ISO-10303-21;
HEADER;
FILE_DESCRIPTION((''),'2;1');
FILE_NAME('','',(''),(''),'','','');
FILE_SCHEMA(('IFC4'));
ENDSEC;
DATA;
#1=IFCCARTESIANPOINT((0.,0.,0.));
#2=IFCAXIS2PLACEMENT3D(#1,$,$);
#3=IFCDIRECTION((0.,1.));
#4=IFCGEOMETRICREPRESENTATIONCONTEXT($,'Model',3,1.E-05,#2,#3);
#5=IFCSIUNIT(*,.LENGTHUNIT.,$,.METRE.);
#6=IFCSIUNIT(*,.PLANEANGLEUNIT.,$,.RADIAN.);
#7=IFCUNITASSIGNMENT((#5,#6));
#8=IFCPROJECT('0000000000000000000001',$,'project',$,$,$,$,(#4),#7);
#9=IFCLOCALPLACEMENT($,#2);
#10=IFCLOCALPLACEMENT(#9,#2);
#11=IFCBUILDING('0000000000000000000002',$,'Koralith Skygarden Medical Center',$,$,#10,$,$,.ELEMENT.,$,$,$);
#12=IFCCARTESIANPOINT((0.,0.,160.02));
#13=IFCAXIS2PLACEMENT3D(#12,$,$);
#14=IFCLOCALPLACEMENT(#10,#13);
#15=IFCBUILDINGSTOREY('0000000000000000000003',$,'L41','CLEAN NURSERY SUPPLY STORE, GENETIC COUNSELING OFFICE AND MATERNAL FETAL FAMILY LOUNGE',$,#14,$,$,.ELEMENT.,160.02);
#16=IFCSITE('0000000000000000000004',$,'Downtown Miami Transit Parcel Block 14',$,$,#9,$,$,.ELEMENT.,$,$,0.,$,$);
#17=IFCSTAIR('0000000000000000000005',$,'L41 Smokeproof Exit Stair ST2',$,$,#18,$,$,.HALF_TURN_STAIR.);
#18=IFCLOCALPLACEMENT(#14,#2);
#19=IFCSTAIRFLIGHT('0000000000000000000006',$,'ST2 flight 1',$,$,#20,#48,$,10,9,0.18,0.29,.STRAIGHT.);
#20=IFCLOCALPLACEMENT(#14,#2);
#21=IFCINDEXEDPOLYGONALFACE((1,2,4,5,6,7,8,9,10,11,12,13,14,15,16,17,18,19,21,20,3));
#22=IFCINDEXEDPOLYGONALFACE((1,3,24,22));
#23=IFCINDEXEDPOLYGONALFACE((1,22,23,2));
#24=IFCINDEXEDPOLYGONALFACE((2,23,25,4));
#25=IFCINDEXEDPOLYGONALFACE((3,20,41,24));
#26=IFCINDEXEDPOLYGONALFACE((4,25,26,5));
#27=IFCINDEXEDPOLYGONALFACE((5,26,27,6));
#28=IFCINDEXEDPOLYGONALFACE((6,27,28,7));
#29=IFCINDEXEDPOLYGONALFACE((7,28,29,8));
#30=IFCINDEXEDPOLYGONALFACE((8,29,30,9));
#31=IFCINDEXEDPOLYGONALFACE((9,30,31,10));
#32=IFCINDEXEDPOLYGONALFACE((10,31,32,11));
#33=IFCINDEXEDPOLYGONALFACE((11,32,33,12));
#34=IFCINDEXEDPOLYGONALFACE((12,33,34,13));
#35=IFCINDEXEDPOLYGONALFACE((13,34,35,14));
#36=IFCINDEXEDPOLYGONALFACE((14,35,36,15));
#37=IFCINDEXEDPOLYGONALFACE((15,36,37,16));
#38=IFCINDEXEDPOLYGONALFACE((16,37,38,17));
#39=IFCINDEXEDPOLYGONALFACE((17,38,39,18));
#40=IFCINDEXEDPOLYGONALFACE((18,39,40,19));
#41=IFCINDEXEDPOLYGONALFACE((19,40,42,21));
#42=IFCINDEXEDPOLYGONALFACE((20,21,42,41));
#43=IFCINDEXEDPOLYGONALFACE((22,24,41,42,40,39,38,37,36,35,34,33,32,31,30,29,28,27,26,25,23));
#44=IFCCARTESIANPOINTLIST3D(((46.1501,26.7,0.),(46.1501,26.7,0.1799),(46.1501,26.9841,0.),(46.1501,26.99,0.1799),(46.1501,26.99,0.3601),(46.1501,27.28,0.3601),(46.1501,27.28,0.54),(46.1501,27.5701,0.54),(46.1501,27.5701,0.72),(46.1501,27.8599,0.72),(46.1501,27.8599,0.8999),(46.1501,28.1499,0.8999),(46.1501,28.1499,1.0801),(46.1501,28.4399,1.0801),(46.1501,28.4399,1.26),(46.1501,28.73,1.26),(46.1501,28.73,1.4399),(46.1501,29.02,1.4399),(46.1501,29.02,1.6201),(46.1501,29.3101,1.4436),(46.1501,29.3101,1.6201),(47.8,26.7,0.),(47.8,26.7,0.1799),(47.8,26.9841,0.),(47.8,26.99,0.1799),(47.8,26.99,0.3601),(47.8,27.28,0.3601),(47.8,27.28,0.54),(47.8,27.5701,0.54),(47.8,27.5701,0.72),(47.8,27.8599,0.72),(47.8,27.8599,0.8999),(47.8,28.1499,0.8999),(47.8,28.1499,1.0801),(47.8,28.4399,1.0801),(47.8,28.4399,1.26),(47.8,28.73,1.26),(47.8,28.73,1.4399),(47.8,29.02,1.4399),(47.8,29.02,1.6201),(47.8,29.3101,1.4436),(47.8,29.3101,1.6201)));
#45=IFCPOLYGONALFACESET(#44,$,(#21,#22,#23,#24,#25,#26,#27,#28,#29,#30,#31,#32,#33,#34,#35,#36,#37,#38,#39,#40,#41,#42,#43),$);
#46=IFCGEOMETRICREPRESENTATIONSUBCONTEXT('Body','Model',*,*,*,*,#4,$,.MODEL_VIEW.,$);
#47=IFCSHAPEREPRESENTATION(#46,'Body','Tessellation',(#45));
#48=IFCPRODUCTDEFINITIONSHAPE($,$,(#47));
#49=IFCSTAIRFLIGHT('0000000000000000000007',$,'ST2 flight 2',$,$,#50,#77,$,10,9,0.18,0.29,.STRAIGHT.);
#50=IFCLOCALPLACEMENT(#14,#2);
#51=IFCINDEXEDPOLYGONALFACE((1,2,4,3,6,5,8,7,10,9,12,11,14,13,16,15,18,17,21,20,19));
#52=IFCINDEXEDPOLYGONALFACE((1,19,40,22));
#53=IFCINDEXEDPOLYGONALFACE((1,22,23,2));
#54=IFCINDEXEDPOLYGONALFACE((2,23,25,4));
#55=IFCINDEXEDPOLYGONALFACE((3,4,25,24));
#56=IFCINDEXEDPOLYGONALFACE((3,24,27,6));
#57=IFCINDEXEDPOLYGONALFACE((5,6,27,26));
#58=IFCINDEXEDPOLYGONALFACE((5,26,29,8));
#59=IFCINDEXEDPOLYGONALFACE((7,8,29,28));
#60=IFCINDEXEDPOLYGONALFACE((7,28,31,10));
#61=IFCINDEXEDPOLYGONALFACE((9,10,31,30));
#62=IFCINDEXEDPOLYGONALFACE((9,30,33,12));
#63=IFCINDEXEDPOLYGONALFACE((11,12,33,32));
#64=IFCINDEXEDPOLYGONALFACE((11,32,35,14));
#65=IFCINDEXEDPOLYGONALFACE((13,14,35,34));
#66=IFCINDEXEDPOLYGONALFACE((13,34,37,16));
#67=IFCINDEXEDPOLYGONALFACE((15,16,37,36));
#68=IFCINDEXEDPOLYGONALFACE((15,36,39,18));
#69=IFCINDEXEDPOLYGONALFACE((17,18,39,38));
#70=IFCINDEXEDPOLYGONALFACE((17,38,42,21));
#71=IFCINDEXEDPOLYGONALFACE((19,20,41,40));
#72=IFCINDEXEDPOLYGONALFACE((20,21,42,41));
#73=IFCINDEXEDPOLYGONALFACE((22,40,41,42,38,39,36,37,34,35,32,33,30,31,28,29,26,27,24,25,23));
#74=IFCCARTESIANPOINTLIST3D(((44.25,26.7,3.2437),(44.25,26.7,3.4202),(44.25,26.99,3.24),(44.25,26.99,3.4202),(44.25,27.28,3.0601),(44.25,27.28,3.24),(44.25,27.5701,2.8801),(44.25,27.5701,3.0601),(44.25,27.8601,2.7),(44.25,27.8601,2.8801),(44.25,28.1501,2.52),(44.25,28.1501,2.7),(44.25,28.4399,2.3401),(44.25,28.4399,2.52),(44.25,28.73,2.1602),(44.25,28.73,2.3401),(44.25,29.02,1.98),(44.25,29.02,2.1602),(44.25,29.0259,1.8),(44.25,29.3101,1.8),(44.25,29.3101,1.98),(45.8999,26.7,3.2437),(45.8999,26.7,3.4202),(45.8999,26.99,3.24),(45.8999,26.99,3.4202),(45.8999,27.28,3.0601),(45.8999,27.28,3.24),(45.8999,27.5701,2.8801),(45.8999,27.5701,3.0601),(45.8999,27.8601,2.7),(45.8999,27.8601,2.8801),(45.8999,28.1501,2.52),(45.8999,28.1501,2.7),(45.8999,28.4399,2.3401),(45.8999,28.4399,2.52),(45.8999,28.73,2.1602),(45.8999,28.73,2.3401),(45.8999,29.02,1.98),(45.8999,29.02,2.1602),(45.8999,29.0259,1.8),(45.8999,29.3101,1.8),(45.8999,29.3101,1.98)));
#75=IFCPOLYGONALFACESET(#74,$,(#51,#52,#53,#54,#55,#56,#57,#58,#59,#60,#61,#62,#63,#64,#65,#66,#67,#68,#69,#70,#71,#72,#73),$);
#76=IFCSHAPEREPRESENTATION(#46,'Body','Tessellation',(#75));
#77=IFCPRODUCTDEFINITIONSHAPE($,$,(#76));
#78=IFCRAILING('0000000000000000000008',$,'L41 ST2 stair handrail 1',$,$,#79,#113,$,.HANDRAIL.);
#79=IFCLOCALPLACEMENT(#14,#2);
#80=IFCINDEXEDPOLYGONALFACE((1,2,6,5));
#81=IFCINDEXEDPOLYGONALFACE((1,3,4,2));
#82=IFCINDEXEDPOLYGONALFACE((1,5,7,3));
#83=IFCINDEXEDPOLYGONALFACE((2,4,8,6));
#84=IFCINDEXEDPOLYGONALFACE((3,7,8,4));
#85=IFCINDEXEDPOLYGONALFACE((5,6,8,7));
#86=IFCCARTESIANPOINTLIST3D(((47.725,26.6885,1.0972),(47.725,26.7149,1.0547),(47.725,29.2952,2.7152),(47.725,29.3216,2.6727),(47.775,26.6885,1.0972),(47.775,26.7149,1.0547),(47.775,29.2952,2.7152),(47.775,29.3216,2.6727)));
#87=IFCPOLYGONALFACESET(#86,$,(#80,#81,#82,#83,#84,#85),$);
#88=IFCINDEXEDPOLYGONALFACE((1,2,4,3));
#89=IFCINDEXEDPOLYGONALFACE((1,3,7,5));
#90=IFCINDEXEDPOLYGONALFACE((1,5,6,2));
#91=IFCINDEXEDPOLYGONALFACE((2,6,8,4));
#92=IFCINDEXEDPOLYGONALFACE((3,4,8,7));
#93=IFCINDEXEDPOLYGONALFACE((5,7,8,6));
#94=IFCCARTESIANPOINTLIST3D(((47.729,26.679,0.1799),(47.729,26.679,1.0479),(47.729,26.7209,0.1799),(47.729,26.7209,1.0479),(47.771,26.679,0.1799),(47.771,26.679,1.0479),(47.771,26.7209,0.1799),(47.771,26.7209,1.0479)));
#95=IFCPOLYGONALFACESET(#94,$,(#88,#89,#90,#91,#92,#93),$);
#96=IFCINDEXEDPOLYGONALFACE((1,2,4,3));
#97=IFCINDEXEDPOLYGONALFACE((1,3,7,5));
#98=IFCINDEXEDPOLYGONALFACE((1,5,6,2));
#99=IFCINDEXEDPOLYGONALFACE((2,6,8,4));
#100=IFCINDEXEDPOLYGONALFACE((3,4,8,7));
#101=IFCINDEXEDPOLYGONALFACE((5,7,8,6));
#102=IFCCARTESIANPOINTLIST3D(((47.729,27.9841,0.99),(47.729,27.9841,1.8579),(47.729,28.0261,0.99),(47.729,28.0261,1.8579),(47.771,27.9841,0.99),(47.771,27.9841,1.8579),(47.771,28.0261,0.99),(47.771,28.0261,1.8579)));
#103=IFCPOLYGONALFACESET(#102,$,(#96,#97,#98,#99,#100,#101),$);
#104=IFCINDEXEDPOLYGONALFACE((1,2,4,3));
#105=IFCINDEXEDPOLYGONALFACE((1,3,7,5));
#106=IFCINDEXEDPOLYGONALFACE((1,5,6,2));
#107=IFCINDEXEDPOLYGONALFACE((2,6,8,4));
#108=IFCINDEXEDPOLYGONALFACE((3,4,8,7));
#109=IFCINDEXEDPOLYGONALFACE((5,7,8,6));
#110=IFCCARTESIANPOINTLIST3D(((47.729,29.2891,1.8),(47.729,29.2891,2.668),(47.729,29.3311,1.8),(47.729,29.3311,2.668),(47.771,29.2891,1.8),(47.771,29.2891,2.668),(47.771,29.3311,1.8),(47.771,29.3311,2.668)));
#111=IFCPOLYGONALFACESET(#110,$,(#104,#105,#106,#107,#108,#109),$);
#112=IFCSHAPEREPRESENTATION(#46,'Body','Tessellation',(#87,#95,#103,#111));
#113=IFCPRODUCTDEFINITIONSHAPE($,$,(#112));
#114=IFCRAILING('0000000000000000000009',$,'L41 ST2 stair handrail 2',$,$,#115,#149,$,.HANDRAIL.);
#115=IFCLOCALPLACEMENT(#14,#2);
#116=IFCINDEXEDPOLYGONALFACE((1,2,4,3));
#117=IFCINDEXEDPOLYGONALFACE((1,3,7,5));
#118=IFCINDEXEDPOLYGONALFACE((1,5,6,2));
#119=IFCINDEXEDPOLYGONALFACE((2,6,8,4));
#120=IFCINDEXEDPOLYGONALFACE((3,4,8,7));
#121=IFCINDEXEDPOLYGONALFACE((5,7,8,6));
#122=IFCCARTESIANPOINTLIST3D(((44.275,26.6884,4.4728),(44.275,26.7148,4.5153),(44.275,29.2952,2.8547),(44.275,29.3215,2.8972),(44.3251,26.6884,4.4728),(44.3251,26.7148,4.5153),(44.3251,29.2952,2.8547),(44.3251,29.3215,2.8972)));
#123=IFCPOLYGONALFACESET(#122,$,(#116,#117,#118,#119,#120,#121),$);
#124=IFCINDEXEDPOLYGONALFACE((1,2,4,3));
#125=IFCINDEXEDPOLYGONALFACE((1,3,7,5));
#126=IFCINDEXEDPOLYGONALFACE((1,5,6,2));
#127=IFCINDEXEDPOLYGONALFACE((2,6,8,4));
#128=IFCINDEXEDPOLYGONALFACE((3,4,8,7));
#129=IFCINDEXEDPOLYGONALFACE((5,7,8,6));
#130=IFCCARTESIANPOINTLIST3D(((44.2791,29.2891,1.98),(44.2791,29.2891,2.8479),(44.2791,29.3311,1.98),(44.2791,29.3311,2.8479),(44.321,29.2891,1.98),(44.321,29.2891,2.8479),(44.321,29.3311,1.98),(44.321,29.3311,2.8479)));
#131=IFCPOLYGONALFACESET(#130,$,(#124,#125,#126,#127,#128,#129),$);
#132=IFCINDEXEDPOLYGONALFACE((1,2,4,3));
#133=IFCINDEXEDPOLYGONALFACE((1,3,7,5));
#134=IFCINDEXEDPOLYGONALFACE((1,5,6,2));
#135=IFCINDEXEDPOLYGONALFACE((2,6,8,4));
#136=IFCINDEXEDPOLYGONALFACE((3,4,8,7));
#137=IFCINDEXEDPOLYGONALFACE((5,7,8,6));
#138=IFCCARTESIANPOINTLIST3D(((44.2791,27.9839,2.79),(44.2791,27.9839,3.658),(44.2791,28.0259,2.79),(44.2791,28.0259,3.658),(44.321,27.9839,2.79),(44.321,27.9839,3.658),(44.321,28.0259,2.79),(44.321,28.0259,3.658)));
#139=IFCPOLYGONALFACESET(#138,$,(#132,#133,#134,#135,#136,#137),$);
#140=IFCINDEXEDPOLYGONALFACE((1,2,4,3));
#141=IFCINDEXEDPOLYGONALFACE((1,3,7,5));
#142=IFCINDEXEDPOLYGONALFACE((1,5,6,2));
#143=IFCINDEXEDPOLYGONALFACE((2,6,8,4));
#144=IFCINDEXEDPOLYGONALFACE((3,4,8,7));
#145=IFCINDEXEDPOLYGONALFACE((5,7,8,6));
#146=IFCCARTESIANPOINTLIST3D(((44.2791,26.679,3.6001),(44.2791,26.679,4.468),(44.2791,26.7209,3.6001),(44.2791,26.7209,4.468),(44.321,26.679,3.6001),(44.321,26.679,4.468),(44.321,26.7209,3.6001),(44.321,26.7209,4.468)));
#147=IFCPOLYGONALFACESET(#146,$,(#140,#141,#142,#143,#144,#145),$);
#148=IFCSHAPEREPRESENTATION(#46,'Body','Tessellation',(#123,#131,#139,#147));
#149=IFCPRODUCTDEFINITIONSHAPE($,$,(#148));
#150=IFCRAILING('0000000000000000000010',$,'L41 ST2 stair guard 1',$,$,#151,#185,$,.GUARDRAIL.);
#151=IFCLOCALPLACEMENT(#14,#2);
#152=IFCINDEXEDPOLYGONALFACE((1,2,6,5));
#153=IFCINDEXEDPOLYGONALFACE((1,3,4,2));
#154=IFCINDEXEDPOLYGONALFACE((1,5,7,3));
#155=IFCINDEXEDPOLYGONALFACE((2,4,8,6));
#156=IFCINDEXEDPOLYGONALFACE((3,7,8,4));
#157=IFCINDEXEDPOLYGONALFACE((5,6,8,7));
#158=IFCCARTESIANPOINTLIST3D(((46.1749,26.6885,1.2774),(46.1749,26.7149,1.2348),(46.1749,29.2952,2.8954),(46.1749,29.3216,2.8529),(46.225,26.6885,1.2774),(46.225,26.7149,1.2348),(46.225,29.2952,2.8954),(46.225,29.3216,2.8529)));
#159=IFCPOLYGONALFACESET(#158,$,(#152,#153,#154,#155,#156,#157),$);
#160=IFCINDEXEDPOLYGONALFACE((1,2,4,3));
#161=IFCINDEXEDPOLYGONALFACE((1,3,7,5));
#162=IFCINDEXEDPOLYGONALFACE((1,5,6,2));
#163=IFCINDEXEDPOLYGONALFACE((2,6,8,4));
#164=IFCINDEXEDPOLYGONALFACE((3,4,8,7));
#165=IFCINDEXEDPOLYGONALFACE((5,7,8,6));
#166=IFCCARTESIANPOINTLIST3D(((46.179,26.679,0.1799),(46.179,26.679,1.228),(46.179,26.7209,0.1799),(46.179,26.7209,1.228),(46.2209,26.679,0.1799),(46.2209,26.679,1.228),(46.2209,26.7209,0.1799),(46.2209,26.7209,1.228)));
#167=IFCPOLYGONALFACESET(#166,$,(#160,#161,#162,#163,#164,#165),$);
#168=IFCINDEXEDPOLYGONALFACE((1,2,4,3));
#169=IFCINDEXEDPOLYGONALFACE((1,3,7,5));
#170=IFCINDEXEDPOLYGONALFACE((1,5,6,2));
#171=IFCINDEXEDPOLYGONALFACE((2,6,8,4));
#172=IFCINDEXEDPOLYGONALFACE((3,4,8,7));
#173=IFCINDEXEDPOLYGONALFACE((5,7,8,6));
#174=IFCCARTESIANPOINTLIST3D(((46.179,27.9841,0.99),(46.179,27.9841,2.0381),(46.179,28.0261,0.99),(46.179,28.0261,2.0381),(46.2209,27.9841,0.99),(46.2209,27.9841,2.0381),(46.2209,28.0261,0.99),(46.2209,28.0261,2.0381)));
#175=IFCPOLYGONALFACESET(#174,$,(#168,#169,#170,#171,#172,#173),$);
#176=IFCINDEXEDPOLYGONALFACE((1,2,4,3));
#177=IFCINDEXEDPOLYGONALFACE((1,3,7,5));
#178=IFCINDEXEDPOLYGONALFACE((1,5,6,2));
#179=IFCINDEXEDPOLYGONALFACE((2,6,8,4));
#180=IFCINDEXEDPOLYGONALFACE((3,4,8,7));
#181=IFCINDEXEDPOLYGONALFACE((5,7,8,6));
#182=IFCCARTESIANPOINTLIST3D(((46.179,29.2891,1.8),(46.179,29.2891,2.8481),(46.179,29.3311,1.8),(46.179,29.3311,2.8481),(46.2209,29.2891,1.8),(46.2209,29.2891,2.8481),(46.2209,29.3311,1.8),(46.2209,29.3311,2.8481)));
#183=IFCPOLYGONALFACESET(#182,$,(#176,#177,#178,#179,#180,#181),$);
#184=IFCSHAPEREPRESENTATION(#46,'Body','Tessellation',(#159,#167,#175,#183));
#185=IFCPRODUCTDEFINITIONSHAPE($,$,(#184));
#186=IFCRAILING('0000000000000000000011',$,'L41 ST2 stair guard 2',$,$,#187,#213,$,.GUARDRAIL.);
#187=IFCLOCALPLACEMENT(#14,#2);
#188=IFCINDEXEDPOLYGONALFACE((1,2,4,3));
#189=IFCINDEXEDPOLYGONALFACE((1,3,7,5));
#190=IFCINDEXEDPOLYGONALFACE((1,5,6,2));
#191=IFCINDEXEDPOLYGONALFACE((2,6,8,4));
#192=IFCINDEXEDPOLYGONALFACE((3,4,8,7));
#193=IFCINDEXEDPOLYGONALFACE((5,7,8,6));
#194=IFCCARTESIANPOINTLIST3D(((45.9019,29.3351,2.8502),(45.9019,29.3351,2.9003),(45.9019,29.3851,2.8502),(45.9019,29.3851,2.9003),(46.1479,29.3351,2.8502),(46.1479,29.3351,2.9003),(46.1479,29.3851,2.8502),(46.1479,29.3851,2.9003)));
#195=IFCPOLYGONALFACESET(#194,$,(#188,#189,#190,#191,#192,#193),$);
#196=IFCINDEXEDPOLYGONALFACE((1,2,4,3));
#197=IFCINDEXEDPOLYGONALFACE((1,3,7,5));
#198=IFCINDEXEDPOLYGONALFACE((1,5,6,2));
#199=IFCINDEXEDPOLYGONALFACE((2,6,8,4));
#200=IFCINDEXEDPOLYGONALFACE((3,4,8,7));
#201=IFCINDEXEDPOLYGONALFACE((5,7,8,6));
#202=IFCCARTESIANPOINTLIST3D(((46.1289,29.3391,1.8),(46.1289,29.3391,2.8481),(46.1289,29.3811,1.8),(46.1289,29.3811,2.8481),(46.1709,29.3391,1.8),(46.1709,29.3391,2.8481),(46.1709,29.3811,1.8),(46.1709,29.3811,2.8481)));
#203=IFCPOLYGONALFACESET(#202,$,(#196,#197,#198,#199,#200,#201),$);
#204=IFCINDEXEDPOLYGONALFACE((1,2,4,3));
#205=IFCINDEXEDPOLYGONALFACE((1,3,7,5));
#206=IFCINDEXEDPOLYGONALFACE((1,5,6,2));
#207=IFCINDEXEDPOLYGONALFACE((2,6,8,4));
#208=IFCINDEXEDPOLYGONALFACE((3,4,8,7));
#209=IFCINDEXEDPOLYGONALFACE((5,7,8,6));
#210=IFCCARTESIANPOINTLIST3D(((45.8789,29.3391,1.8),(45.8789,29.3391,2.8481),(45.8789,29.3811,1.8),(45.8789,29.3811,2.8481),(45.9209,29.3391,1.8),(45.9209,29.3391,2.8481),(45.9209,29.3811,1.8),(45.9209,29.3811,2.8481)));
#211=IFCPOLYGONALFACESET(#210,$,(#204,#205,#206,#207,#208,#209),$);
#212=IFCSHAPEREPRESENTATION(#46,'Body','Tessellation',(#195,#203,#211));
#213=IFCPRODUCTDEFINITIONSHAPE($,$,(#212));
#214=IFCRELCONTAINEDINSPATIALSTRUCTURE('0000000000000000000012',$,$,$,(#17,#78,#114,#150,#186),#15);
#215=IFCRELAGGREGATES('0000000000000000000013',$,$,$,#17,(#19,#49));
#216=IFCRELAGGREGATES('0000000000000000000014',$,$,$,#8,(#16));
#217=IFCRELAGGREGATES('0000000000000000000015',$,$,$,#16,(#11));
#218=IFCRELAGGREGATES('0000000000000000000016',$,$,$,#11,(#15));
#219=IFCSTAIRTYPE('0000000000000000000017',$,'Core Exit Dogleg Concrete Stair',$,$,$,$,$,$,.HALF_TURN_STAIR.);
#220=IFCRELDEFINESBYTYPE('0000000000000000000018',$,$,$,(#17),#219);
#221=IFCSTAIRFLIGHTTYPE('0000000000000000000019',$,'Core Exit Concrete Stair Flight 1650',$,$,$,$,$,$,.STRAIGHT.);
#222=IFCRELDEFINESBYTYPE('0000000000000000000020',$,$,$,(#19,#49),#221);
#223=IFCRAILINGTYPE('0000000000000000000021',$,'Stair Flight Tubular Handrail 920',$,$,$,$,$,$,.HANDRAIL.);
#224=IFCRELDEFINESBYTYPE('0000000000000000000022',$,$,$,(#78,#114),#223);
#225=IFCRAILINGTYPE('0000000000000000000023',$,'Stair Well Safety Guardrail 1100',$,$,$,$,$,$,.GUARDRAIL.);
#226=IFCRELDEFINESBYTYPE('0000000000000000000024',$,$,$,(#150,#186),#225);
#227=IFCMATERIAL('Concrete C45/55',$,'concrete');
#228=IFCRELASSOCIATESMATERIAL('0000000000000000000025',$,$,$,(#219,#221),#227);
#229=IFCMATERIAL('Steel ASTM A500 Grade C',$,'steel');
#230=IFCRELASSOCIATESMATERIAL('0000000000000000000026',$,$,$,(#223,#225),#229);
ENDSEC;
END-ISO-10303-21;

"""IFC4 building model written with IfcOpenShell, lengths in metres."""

from ifc_helpers import new_model, si_unit, direction, frame, origin, origin_2d, place, context, subcontext, project, spatial, polyline, rectangle, outline, extrude, material, type_object, element, aggregate, save


model = new_model("IFC4")

# Units and contexts
model_context = context("Model", 3, precision=1e-05, world=origin(), true_north=direction((0.0, 1.0)))
body_context = subcontext(model_context, "Body", "Model", "MODEL_VIEW")
ifc_project = project(units=[si_unit("LENGTHUNIT", "METRE"), si_unit("PLANEANGLEUNIT", "RADIAN")], contexts=[model_context])

# Site, building, storey
site_placement = place(None, origin())
site = spatial("IfcSite", under=ifc_project, at=site_placement, Name="Downtown Miami Transit Parcel Block 14", CompositionType="ELEMENT", RefElevation=0.0)
building_placement = place(site_placement, origin())
building = spatial("IfcBuilding", under=site, at=building_placement, Name="Koralith Skygarden Medical Center", CompositionType="ELEMENT")
storey_placement = place(building_placement, frame((0.0, 0.0, 160.02)))
storey = spatial("IfcBuildingStorey", under=building, at=storey_placement, Name="L41", Description="CLEAN NURSERY SUPPLY STORE, GENETIC COUNSELING OFFICE AND MATERNAL FETAL FAMILY LOUNGE", CompositionType="ELEMENT", Elevation=160.02)

# Shared definitions
ifc_material_1 = material(Name="Concrete C45/55", Category="concrete")

# Stair, stair flights
stair_type = type_object("IfcStairType", Name="Core Exit Dogleg Concrete Stair", PredefinedType="HALF_TURN_STAIR", material=ifc_material_1)
stair_placement = place(storey_placement, origin())
stair = element("IfcStair", 1, at=stair_placement, inside=storey, type_object=stair_type, Name="L41 Smokeproof Exit Stair ST2", PredefinedType="HALF_TURN_STAIR")
stair_flight_type = type_object("IfcStairFlightType", Name="Core Exit Concrete Stair Flight 1650", PredefinedType="STRAIGHT", material=ifc_material_1)
stair_flight_1_placement = place(storey_placement, frame((46.9751, 26.7, 0.0), z_axis=(0.0, 0.0, 1.0), x_axis=(0.0, 1.0, 0.0)))
stair_flight_1 = element("IfcStairFlight", 2, at=stair_flight_1_placement, type_object=stair_flight_type, Name="ST2 flight 1", NumberOfRisers=10, NumberOfTreads=9, PredefinedType="STRAIGHT", RiserHeight=0.18, TreadLength=0.29, context=body_context, shape_type="SweptSolid", body=[
    extrude(outline(polyline([(0.0, 0.0), (0.0, 0.1799), (0.29, 0.1799), (0.29, 0.3601), (0.5801, 0.3601), (0.5801, 0.54), (0.8701, 0.54), (0.8701, 0.72), (1.1599, 0.72), (1.1599, 0.8999), (1.45, 0.8999), (1.45, 1.0801), (1.74, 1.0801), (1.74, 1.26), (2.03, 1.26), (2.03, 1.4399), (2.3201, 1.4399), (2.3201, 1.6201), (2.6101, 1.6201), (2.6101, 1.8), (2.6101, 1.4436), (0.2842, 0.0), (0.0, 0.0)])), frame((0.0, 0.825, 0.0), z_axis=(0.0, -1.0, 0.0), x_axis=(1.0, 0.0, 0.0)), (0.0, 0.0, 1.0), 1.6499),
])
stair_flight_2_placement = place(storey_placement, frame((45.075, 29.3101, 1.8), z_axis=(0.0, 0.0, 1.0), x_axis=(0.0, -1.0, 0.0)))
stair_flight_2 = element("IfcStairFlight", 3, at=stair_flight_2_placement, type_object=stair_flight_type, Name="ST2 flight 2", NumberOfRisers=10, NumberOfTreads=9, PredefinedType="STRAIGHT", RiserHeight=0.18, TreadLength=0.29, context=body_context, shape_type="SweptSolid", body=[
    extrude(outline(polyline([(0.0, 0.0), (0.0, 0.1799), (0.29, 0.1799), (0.29, 0.3601), (0.5801, 0.3601), (0.5801, 0.54), (0.8701, 0.54), (0.8701, 0.72), (1.1599, 0.72), (1.1599, 0.8999), (1.45, 0.8999), (1.45, 1.0801), (1.74, 1.0801), (1.74, 1.26), (2.03, 1.26), (2.03, 1.4399), (2.3201, 1.4399), (2.3201, 1.6201), (2.6101, 1.6201), (2.6101, 1.8), (2.6101, 1.4436), (0.2842, 0.0), (0.0, 0.0)])), frame((0.0, 0.825, 0.0), z_axis=(0.0, -1.0, 0.0), x_axis=(1.0, 0.0, 0.0)), (0.0, 0.0, 1.0), 1.6499),
])
aggregate(stair, [stair_flight_1, stair_flight_2])

# Railings
ifc_material_2 = material(Name="Steel ASTM A500 Grade C", Category="steel")
railing_type_1 = type_object("IfcRailingType", Name="Stair Flight Tubular Handrail 920", PredefinedType="HANDRAIL", material=ifc_material_2)
railing_1_placement = place(storey_placement, frame((47.75, 26.7, 0.1799)))
element("IfcRailing", 4, at=railing_1_placement, inside=storey, type_object=railing_type_1, Name="L41 ST2 stair handrail 1", PredefinedType="HANDRAIL", context=body_context, shape_type="SweptSolid", body=[
    extrude(rectangle(XDim=0.05, YDim=0.05, at=origin_2d()), frame((0.0, 0.0017, 0.896), z_axis=(0.0, 0.849633, 0.527375), x_axis=(-1.0, 0.0, 0.0)), (0.0, 0.0, 1.0), 3.0681),
    extrude(rectangle(XDim=0.042, YDim=0.042, at=origin_2d()), origin(), (0.0, 0.0, 1.0), 0.8679),
    extrude(rectangle(XDim=0.042, YDim=0.042, at=origin_2d()), frame((0.0, 1.3052, 0.8101)), (0.0, 0.0, 1.0), 0.8679),
    extrude(rectangle(XDim=0.042, YDim=0.042, at=origin_2d()), frame((0.0, 2.6101, 1.6201)), (0.0, 0.0, 1.0), 0.8679),
])
railing_2_placement = place(storey_placement, frame((44.3, 29.3101, 1.98)))
element("IfcRailing", 5, at=railing_2_placement, inside=storey, type_object=railing_type_1, Name="L41 ST2 stair handrail 2", PredefinedType="HANDRAIL", context=body_context, shape_type="SweptSolid", body=[
    extrude(rectangle(XDim=0.05, YDim=0.05, at=origin_2d()), frame((0.0, -0.0017, 0.896), z_axis=(0.0, -0.849633, 0.527375), x_axis=(1.0, 0.0, 0.0)), (0.0, 0.0, 1.0), 3.0681),
    extrude(rectangle(XDim=0.042, YDim=0.042, at=origin_2d()), origin(), (0.0, 0.0, 1.0), 0.8679),
    extrude(rectangle(XDim=0.042, YDim=0.042, at=origin_2d()), frame((0.0, -1.3052, 0.8101)), (0.0, 0.0, 1.0), 0.8679),
    extrude(rectangle(XDim=0.042, YDim=0.042, at=origin_2d()), frame((0.0, -2.6101, 1.6201)), (0.0, 0.0, 1.0), 0.8679),
])
railing_type_2 = type_object("IfcRailingType", Name="Stair Well Safety Guardrail 1100", PredefinedType="GUARDRAIL", material=ifc_material_2)
railing_3_placement = place(storey_placement, frame((46.2, 26.7, 0.1799)))
element("IfcRailing", 6, at=railing_3_placement, inside=storey, type_object=railing_type_2, Name="L41 ST2 stair guard 1", PredefinedType="GUARDRAIL", context=body_context, shape_type="SweptSolid", body=[
    extrude(rectangle(XDim=0.05, YDim=0.05, at=origin_2d()), frame((0.0, 0.0017, 1.0762), z_axis=(0.0, 0.849633, 0.527375), x_axis=(-1.0, 0.0, 0.0)), (0.0, 0.0, 1.0), 3.0681),
    extrude(rectangle(XDim=0.042, YDim=0.042, at=origin_2d()), origin(), (0.0, 0.0, 1.0), 1.0481),
    extrude(rectangle(XDim=0.042, YDim=0.042, at=origin_2d()), frame((0.0, 1.3052, 0.8101)), (0.0, 0.0, 1.0), 1.0481),
    extrude(rectangle(XDim=0.042, YDim=0.042, at=origin_2d()), frame((0.0, 2.6101, 1.6201)), (0.0, 0.0, 1.0), 1.0481),
])
railing_4_placement = place(storey_placement, frame((46.1499, 29.3601, 1.8)))
element("IfcRailing", 7, at=railing_4_placement, inside=storey, type_object=railing_type_2, Name="L41 ST2 stair guard 2", PredefinedType="GUARDRAIL", context=body_context, shape_type="SweptSolid", body=[
    extrude(rectangle(XDim=0.05, YDim=0.05, at=origin_2d()), frame((-0.002, 0.0, 1.0752), z_axis=(-1.0, 0.0, 0.0), x_axis=(0.0, -1.0, 0.0)), (0.0, 0.0, 1.0), 0.2461),
    extrude(rectangle(XDim=0.042, YDim=0.042, at=origin_2d()), origin(), (0.0, 0.0, 1.0), 1.0481),
    extrude(rectangle(XDim=0.042, YDim=0.042, at=origin_2d()), frame((-0.25, 0.0, 0.0)), (0.0, 0.0, 1.0), 1.0481),
])

save(model, "model.ifc")
